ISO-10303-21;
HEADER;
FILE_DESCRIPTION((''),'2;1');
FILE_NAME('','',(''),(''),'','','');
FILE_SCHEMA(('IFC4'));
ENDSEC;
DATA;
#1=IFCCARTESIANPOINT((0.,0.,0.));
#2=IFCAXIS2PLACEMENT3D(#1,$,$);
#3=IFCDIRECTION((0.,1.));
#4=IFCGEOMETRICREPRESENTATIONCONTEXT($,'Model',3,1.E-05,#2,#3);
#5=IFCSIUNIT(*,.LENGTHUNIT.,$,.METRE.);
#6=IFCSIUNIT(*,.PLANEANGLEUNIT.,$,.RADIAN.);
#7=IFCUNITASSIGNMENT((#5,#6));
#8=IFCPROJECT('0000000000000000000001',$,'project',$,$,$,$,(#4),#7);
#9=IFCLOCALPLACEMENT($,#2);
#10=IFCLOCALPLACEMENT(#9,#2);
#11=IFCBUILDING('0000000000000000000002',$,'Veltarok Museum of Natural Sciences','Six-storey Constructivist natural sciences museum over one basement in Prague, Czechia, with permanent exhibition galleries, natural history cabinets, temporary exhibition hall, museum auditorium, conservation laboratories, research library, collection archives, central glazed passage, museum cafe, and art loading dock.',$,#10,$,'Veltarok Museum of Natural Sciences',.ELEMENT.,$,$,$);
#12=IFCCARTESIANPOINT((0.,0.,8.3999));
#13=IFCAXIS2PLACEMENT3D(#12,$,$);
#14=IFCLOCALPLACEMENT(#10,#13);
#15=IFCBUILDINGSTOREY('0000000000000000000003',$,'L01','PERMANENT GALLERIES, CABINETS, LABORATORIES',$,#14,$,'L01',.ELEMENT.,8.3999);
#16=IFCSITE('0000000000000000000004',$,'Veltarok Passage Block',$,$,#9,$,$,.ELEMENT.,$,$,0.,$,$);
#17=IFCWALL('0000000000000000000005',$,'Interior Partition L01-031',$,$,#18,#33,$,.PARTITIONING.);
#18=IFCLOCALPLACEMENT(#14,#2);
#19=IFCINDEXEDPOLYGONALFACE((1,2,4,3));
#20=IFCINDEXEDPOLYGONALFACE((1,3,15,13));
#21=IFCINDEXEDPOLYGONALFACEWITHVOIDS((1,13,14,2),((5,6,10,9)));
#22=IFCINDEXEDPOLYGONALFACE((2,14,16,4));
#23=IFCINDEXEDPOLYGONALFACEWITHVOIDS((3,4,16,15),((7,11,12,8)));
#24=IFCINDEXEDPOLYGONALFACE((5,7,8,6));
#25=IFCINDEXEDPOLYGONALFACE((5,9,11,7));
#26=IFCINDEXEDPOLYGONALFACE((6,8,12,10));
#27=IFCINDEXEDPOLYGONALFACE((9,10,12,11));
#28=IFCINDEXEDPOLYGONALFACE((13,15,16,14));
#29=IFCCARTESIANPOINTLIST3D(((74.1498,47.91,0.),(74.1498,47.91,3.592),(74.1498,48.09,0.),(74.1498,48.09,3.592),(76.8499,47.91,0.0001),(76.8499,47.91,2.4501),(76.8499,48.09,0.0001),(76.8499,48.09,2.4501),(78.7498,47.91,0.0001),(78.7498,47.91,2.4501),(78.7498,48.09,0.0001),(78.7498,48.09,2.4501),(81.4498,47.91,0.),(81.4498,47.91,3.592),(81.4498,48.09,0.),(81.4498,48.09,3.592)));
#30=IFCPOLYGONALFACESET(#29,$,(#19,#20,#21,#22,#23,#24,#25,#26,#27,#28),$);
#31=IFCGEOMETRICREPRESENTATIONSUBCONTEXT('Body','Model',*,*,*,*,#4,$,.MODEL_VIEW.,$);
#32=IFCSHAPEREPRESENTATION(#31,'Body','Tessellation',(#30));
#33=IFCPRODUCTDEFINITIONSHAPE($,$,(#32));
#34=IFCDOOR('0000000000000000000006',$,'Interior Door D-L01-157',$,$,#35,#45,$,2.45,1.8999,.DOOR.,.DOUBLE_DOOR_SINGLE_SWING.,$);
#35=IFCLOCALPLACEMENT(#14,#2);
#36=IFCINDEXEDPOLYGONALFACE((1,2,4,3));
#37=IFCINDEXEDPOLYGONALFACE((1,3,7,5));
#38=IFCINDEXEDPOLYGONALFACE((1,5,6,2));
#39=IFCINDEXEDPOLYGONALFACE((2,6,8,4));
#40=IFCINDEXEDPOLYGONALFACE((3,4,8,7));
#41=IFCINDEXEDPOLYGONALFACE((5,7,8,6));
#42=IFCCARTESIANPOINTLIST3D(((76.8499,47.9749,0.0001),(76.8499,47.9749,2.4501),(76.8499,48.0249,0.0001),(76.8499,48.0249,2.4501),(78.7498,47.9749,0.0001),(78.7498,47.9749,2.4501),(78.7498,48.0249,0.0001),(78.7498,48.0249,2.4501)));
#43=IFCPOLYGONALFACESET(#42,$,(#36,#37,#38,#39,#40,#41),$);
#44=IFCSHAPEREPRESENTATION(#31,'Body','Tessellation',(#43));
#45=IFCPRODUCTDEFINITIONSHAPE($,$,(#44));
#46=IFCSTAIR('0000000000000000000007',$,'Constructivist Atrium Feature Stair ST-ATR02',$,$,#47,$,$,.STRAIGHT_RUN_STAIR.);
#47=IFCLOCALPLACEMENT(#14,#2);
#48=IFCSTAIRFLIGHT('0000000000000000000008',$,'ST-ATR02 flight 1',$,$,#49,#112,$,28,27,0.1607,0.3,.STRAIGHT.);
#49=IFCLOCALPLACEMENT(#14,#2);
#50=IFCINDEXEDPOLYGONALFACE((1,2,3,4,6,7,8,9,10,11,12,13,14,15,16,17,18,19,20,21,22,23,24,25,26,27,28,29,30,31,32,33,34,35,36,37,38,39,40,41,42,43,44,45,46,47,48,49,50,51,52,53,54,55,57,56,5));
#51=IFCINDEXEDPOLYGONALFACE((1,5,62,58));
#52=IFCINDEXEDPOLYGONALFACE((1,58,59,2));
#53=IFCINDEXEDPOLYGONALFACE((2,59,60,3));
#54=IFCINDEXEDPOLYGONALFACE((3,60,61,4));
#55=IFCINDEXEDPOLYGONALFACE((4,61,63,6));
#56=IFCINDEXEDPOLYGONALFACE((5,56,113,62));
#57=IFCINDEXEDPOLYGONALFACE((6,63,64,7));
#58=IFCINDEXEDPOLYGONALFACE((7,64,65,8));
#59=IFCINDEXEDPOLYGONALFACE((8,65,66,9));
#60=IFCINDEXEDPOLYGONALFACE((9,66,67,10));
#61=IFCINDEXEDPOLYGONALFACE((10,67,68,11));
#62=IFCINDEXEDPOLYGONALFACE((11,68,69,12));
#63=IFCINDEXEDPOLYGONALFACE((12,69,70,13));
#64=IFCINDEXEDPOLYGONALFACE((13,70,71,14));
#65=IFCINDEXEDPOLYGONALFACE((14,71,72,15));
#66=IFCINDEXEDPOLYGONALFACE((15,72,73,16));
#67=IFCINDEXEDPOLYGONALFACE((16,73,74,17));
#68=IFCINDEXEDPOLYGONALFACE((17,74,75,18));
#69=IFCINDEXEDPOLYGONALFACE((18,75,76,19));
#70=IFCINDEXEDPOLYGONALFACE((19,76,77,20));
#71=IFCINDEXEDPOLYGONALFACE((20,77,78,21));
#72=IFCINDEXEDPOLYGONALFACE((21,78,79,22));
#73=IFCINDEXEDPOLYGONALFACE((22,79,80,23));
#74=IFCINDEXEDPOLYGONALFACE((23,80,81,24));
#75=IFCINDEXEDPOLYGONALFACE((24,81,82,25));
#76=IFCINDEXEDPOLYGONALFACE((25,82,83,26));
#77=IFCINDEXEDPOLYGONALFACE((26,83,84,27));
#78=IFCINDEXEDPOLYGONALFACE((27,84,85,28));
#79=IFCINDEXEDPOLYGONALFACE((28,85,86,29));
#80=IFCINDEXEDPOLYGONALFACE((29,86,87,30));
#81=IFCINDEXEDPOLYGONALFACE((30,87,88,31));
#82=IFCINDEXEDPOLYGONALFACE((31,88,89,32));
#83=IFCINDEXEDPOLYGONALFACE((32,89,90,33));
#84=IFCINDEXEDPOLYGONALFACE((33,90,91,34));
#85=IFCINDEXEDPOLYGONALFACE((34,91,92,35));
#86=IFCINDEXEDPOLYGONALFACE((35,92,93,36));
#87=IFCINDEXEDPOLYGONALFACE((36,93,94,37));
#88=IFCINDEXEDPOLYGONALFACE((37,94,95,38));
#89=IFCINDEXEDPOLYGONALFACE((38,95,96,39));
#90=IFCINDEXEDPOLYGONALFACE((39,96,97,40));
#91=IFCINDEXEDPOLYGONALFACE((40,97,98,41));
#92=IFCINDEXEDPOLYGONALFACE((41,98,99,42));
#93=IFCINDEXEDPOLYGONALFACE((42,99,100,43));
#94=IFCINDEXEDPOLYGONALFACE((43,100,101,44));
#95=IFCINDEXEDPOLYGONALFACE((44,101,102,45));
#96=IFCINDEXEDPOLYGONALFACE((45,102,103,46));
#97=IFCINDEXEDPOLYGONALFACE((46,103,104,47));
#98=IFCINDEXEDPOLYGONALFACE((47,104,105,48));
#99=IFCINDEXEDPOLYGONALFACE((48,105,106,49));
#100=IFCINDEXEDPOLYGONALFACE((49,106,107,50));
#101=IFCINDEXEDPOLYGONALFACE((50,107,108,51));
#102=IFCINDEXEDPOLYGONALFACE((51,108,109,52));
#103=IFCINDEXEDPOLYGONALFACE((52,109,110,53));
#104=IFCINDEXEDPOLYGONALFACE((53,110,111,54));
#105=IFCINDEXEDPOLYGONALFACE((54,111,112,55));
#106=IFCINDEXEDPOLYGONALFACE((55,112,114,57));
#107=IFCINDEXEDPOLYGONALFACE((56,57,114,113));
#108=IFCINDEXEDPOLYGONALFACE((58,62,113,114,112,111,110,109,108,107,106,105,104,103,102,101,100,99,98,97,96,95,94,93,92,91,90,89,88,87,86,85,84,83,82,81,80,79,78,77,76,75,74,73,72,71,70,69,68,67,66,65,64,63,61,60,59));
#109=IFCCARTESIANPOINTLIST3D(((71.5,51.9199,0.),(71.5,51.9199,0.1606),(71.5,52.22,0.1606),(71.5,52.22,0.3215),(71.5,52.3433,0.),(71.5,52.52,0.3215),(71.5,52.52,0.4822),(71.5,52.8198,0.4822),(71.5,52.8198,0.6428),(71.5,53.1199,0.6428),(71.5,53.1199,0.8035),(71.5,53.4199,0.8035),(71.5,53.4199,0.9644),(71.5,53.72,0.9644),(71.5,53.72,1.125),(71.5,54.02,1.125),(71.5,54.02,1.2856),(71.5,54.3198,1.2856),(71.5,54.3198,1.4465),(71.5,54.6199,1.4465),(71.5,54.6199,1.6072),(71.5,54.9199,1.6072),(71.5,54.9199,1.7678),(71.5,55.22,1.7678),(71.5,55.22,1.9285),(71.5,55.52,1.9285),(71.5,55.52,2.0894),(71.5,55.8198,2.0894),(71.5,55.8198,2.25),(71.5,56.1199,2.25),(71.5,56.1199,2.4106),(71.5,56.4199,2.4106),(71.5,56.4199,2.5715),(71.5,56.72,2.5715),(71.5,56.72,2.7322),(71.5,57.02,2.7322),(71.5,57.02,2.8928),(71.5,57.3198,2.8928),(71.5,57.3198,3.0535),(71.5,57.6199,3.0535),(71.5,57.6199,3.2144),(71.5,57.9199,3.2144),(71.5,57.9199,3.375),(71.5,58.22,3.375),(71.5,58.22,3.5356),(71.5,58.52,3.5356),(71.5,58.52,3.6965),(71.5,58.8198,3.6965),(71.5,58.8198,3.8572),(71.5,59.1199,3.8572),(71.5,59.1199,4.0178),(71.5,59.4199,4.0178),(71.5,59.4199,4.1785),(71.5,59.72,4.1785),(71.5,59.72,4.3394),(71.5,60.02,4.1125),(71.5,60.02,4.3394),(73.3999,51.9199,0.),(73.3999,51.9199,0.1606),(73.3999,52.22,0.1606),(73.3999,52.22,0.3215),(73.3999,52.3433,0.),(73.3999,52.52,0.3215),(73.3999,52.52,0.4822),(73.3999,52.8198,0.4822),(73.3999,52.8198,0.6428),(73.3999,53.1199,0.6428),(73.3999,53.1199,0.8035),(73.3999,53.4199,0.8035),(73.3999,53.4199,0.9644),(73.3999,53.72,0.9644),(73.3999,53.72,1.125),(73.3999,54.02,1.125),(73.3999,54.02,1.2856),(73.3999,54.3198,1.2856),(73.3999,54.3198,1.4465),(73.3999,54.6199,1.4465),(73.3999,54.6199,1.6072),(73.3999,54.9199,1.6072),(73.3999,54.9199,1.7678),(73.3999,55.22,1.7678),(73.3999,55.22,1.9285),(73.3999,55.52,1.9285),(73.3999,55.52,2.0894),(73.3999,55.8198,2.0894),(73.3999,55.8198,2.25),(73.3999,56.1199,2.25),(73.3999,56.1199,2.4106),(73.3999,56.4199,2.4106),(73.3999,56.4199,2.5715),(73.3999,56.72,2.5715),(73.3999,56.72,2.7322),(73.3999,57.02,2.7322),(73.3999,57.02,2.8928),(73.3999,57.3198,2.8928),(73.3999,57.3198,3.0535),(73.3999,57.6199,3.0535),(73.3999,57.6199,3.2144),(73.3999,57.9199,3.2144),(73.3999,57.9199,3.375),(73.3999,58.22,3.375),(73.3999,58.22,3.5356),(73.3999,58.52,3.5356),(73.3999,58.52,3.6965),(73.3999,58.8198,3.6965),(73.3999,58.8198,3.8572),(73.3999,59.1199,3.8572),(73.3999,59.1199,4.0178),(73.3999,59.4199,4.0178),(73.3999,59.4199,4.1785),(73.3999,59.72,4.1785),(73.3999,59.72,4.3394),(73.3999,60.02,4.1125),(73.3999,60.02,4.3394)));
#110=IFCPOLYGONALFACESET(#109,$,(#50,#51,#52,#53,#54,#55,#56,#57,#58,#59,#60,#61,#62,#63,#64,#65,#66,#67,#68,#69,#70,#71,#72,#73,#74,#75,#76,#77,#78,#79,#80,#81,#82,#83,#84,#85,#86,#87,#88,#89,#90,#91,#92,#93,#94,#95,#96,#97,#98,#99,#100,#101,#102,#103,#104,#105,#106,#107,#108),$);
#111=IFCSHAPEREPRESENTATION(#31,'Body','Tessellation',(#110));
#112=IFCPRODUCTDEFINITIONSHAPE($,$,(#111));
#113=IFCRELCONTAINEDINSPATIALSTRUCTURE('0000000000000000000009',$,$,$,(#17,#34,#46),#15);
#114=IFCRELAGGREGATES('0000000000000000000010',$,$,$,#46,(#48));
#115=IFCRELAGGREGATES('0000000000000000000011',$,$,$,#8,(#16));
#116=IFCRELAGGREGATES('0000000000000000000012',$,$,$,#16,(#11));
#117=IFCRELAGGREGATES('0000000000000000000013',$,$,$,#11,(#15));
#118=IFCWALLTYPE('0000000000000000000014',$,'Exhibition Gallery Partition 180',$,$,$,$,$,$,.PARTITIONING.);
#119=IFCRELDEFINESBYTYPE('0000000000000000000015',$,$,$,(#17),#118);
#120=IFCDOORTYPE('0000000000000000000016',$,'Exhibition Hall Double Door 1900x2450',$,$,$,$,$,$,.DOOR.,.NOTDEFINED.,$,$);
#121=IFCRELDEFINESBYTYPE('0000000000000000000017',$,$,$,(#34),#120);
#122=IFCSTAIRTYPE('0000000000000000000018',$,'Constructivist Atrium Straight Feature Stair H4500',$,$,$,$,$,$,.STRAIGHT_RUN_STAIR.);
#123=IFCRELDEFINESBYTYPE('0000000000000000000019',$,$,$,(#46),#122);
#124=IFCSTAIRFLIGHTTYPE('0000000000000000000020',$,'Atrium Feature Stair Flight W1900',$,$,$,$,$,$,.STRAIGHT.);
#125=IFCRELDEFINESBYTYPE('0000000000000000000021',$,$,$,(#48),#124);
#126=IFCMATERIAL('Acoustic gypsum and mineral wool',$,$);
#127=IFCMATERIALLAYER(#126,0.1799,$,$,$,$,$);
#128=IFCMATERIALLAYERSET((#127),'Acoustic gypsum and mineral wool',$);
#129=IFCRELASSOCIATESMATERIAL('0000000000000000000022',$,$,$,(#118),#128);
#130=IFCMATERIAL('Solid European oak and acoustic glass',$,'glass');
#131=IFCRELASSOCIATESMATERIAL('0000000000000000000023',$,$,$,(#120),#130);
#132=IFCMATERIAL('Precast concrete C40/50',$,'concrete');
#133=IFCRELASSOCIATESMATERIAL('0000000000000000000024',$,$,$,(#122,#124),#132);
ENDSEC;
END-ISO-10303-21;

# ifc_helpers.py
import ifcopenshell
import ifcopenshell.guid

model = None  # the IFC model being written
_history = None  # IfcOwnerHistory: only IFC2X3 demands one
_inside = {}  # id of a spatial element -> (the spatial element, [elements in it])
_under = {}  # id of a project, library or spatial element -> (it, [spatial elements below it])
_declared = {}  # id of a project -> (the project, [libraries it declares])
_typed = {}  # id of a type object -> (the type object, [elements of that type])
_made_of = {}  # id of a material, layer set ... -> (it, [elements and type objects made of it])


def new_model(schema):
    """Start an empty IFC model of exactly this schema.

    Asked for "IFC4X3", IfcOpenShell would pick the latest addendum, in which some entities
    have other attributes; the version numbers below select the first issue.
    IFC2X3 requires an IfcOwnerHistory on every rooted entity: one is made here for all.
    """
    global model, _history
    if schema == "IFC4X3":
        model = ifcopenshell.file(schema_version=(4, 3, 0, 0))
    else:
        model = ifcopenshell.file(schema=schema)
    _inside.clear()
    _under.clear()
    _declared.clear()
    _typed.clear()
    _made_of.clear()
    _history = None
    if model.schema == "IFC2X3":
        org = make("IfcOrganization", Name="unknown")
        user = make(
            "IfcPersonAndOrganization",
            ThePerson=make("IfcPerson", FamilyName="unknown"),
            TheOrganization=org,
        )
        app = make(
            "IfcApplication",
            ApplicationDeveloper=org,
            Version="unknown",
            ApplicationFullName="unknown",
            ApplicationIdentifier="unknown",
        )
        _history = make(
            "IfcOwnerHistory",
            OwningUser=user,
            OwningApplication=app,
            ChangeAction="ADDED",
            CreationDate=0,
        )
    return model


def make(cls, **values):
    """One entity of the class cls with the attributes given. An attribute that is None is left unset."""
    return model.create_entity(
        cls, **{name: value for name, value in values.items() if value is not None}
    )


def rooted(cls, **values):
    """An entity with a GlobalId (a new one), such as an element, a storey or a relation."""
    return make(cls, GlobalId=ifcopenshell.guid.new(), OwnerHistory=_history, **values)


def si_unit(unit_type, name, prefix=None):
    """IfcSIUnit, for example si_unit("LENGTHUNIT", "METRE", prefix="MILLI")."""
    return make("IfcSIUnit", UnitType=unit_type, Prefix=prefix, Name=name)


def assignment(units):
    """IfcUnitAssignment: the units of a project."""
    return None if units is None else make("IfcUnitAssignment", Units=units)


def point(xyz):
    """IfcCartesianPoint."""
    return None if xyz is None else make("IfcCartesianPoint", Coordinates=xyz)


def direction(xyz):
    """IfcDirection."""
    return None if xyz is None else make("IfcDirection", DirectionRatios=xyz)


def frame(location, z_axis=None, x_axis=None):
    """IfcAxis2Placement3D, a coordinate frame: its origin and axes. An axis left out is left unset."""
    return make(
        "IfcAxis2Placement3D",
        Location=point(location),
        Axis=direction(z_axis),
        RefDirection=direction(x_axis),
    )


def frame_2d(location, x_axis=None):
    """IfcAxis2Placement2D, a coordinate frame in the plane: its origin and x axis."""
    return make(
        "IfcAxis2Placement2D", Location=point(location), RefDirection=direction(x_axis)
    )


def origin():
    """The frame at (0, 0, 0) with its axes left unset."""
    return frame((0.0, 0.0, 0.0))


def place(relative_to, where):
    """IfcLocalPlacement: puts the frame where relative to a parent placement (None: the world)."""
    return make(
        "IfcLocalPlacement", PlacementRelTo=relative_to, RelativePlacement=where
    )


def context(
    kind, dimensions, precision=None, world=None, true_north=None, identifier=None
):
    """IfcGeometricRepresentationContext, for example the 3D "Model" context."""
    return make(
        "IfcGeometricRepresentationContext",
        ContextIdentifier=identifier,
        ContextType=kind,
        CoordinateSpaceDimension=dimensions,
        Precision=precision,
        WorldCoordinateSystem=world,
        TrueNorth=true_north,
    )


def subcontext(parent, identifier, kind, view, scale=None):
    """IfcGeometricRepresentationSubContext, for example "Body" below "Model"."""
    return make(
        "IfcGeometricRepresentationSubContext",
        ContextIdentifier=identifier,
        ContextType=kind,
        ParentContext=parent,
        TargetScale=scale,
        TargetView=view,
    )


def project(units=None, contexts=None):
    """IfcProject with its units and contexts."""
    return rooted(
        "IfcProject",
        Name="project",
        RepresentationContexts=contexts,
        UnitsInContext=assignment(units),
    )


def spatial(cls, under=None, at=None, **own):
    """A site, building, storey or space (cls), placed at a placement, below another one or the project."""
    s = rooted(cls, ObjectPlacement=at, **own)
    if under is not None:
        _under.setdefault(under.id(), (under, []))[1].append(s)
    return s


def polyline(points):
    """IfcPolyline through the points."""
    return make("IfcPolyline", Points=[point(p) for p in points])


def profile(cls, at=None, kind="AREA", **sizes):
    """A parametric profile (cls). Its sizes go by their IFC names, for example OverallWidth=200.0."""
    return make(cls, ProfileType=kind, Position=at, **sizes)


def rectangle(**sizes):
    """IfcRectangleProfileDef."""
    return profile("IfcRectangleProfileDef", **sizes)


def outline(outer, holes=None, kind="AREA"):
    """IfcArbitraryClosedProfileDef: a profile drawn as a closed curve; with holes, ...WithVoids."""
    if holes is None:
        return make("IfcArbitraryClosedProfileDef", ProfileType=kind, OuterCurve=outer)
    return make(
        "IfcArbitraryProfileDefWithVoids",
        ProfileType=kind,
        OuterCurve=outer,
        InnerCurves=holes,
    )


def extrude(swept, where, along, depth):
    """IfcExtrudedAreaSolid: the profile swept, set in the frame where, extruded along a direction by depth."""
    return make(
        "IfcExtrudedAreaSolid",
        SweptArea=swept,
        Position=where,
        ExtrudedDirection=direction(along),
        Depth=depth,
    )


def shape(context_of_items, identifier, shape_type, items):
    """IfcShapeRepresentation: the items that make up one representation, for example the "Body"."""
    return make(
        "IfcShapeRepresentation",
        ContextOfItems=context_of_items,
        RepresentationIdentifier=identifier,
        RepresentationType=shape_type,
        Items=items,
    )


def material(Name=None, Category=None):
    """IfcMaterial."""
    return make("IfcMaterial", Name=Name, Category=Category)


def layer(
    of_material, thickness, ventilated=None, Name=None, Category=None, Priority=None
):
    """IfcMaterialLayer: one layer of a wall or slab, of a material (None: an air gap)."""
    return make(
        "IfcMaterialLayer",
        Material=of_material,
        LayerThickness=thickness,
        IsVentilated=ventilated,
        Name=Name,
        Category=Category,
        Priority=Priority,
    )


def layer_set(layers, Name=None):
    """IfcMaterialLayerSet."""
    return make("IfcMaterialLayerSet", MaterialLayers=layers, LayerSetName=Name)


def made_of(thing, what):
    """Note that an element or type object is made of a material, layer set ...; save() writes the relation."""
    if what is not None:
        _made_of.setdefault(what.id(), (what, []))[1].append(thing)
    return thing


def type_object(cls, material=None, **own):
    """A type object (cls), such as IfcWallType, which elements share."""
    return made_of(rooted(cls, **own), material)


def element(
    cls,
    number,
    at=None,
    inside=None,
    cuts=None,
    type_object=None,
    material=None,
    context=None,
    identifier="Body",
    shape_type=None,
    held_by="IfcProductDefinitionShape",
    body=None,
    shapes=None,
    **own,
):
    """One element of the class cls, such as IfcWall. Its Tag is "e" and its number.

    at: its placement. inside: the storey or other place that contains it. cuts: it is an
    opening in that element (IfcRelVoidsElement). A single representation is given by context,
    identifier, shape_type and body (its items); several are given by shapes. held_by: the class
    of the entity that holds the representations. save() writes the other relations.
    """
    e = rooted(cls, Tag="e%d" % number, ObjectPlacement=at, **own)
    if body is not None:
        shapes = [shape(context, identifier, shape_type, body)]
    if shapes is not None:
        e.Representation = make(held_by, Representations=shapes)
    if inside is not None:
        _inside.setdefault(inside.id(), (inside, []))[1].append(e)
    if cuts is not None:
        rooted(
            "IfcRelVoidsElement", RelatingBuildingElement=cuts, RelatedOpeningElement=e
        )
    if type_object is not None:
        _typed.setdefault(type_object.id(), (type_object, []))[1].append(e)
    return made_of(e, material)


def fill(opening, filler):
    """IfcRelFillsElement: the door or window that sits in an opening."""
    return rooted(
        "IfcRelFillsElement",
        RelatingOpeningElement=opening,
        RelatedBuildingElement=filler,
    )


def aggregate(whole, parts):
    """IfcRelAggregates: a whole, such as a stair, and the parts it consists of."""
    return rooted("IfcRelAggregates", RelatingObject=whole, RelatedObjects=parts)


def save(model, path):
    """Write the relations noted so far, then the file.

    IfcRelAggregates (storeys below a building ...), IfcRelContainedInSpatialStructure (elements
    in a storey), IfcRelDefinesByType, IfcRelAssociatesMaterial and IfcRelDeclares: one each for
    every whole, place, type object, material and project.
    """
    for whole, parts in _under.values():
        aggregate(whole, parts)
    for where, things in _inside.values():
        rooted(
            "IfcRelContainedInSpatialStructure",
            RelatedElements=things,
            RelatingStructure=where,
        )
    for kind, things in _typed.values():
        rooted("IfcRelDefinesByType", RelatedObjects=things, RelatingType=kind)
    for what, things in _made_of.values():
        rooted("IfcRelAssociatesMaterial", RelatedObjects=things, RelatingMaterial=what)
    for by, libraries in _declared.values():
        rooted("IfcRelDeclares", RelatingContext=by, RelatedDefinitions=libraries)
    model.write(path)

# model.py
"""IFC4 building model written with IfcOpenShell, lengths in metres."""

from ifc_helpers import new_model, si_unit, direction, frame, frame_2d, origin, place, context, subcontext, project, spatial, polyline, rectangle, outline, extrude, material, layer, layer_set, type_object, element, fill, aggregate, save


model = new_model("IFC4")

# Units and contexts
model_context = context("Model", 3, precision=1e-05, world=origin(), true_north=direction((0.0, 1.0)))
body_context = subcontext(model_context, "Body", "Model", "MODEL_VIEW")
ifc_project = project(units=[si_unit("LENGTHUNIT", "METRE"), si_unit("PLANEANGLEUNIT", "RADIAN")], contexts=[model_context])

# Site, building, storey
site_placement = place(None, origin())
site = spatial("IfcSite", under=ifc_project, at=site_placement, Name="Veltarok Passage Block", CompositionType="ELEMENT", RefElevation=0.0)
building_placement = place(site_placement, origin())
building = spatial("IfcBuilding", under=site, at=building_placement, Name="Veltarok Museum of Natural Sciences", Description="Six-storey Constructivist natural sciences museum over one basement in Prague, Czechia, with permanent exhibition galleries, natural history cabinets, temporary exhibition hall, museum auditorium, conservation laboratories, research library, collection archives, central glazed passage, museum cafe, and art loading dock.", LongName="Veltarok Museum of Natural Sciences", CompositionType="ELEMENT")
storey_placement = place(building_placement, frame((0.0, 0.0, 8.3999)))
storey = spatial("IfcBuildingStorey", under=building, at=storey_placement, Name="L01", Description="PERMANENT GALLERIES, CABINETS, LABORATORIES", LongName="L01", CompositionType="ELEMENT", Elevation=8.3999)

# Wall, opening, door
ifc_material_1 = material(Name="Acoustic gypsum and mineral wool")
ifc_layer_1 = layer(ifc_material_1, 0.1799)
ifc_layer_set_1 = layer_set([ifc_layer_1], Name="Acoustic gypsum and mineral wool")
wall_type = type_object("IfcWallType", Name="Exhibition Gallery Partition 180", PredefinedType="PARTITIONING", material=ifc_layer_set_1)
wall_placement = place(storey_placement, frame((74.1499, 48.0, 0.0), z_axis=(0.0, 0.0, 1.0), x_axis=(1.0, 0.0, 0.0)))
wall = element("IfcWall", 1, at=wall_placement, inside=storey, type_object=wall_type, Name="Interior Partition L01-031", PredefinedType="PARTITIONING", context=body_context, shape_type="SweptSolid", body=[
    extrude(rectangle(XDim=7.3, YDim=0.1799, at=frame_2d((3.6499, 0.0))), origin(), (0.0, 0.0, 1.0), 3.592),
])
opening_placement = place(wall_placement, frame((2.7, 0.0, 0.0)))
opening = element("IfcOpeningElement", 2, at=opening_placement, cuts=wall, PredefinedType="OPENING", context=body_context, shape_type="SweptSolid", body=[
    extrude(rectangle(XDim=1.8999, YDim=2.45, at=frame_2d((0.95, 1.2251))), frame((0.0, 0.1001, 0.0), z_axis=(0.0, -1.0, 0.0), x_axis=(1.0, 0.0, 0.0)), (0.0, 0.0, 1.0), 0.2),
])
ifc_material_2 = material(Name="Solid European oak and acoustic glass", Category="glass")
door_type = type_object("IfcDoorType", Name="Exhibition Hall Double Door 1900x2450", OperationType="NOTDEFINED", PredefinedType="DOOR", material=ifc_material_2)
door_placement = place(opening_placement, origin())
door = element("IfcDoor", 3, at=door_placement, inside=storey, type_object=door_type, Name="Interior Door D-L01-157", OperationType="DOUBLE_DOOR_SINGLE_SWING", OverallHeight=2.45, OverallWidth=1.8999, PredefinedType="DOOR", context=body_context, shape_type="SweptSolid", body=[
    extrude(rectangle(XDim=1.8999, YDim=2.45, at=frame_2d((0.95, 1.2251))), frame((0.0, 0.0249, 0.0), z_axis=(0.0, -1.0, 0.0), x_axis=(1.0, 0.0, 0.0)), (0.0, 0.0, 1.0), 0.05),
])
fill(opening, door)

# Stair, stair flight
ifc_material_3 = material(Name="Precast concrete C40/50", Category="concrete")
stair_type = type_object("IfcStairType", Name="Constructivist Atrium Straight Feature Stair H4500", PredefinedType="STRAIGHT_RUN_STAIR", material=ifc_material_3)
stair_placement = place(storey_placement, origin())
stair = element("IfcStair", 4, at=stair_placement, inside=storey, type_object=stair_type, Name="Constructivist Atrium Feature Stair ST-ATR02", PredefinedType="STRAIGHT_RUN_STAIR")
stair_flight_type = type_object("IfcStairFlightType", Name="Atrium Feature Stair Flight W1900", PredefinedType="STRAIGHT", material=ifc_material_3)
stair_flight_placement = place(storey_placement, frame((72.45, 51.9199, 0.0), z_axis=(0.0, 0.0, 1.0), x_axis=(0.0, 1.0, 0.0)))
stair_flight = element("IfcStairFlight", 5, at=stair_flight_placement, type_object=stair_flight_type, Name="ST-ATR02 flight 1", NumberOfRisers=28, NumberOfTreads=27, PredefinedType="STRAIGHT", RiserHeight=0.1607, TreadLength=0.3, context=body_context, shape_type="SweptSolid", body=[
    extrude(outline(polyline([(0.0, 0.0), (0.0, 0.1606), (0.3, 0.1606), (0.3, 0.3215), (0.6001, 0.3215), (0.6001, 0.4822), (0.8999, 0.4822), (0.8999, 0.6428), (1.2, 0.6428), (1.2, 0.8035), (1.5, 0.8035), (1.5, 0.9644), (1.8, 0.9644), (1.8, 1.125), (2.1001, 1.125), (2.1001, 1.2856), (2.3999, 1.2856), (2.3999, 1.4465), (2.7, 1.4465), (2.7, 1.6072), (3.0, 1.6072), (3.0, 1.7678), (3.3, 1.7678), (3.3, 1.9285), (3.6001, 1.9285), (3.6001, 2.0894), (3.8999, 2.0894), (3.8999, 2.25), (4.2, 2.25), (4.2, 2.4106), (4.5, 2.4106), (4.5, 2.5715), (4.8, 2.5715), (4.8, 2.7322), (5.1001, 2.7322), (5.1001, 2.8928), (5.3999, 2.8928), (5.3999, 3.0535), (5.7, 3.0535), (5.7, 3.2144), (6.0, 3.2144), (6.0, 3.375), (6.3, 3.375), (6.3, 3.5356), (6.6001, 3.5356), (6.6001, 3.6965), (6.8999, 3.6965), (6.8999, 3.8572), (7.2, 3.8572), (7.2, 4.0178), (7.5, 4.0178), (7.5, 4.1785), (7.8, 4.1785), (7.8, 4.3394), (8.1001, 4.3394), (8.1001, 4.5), (8.1001, 4.1125), (0.4233, 0.0), (0.0, 0.0)])), frame((0.0, 0.95, 0.0), z_axis=(0.0, -1.0, 0.0), x_axis=(1.0, 0.0, 0.0)), (0.0, 0.0, 1.0), 1.8999),
])
aggregate(stair, [stair_flight])

save(model, "model.ifc")
